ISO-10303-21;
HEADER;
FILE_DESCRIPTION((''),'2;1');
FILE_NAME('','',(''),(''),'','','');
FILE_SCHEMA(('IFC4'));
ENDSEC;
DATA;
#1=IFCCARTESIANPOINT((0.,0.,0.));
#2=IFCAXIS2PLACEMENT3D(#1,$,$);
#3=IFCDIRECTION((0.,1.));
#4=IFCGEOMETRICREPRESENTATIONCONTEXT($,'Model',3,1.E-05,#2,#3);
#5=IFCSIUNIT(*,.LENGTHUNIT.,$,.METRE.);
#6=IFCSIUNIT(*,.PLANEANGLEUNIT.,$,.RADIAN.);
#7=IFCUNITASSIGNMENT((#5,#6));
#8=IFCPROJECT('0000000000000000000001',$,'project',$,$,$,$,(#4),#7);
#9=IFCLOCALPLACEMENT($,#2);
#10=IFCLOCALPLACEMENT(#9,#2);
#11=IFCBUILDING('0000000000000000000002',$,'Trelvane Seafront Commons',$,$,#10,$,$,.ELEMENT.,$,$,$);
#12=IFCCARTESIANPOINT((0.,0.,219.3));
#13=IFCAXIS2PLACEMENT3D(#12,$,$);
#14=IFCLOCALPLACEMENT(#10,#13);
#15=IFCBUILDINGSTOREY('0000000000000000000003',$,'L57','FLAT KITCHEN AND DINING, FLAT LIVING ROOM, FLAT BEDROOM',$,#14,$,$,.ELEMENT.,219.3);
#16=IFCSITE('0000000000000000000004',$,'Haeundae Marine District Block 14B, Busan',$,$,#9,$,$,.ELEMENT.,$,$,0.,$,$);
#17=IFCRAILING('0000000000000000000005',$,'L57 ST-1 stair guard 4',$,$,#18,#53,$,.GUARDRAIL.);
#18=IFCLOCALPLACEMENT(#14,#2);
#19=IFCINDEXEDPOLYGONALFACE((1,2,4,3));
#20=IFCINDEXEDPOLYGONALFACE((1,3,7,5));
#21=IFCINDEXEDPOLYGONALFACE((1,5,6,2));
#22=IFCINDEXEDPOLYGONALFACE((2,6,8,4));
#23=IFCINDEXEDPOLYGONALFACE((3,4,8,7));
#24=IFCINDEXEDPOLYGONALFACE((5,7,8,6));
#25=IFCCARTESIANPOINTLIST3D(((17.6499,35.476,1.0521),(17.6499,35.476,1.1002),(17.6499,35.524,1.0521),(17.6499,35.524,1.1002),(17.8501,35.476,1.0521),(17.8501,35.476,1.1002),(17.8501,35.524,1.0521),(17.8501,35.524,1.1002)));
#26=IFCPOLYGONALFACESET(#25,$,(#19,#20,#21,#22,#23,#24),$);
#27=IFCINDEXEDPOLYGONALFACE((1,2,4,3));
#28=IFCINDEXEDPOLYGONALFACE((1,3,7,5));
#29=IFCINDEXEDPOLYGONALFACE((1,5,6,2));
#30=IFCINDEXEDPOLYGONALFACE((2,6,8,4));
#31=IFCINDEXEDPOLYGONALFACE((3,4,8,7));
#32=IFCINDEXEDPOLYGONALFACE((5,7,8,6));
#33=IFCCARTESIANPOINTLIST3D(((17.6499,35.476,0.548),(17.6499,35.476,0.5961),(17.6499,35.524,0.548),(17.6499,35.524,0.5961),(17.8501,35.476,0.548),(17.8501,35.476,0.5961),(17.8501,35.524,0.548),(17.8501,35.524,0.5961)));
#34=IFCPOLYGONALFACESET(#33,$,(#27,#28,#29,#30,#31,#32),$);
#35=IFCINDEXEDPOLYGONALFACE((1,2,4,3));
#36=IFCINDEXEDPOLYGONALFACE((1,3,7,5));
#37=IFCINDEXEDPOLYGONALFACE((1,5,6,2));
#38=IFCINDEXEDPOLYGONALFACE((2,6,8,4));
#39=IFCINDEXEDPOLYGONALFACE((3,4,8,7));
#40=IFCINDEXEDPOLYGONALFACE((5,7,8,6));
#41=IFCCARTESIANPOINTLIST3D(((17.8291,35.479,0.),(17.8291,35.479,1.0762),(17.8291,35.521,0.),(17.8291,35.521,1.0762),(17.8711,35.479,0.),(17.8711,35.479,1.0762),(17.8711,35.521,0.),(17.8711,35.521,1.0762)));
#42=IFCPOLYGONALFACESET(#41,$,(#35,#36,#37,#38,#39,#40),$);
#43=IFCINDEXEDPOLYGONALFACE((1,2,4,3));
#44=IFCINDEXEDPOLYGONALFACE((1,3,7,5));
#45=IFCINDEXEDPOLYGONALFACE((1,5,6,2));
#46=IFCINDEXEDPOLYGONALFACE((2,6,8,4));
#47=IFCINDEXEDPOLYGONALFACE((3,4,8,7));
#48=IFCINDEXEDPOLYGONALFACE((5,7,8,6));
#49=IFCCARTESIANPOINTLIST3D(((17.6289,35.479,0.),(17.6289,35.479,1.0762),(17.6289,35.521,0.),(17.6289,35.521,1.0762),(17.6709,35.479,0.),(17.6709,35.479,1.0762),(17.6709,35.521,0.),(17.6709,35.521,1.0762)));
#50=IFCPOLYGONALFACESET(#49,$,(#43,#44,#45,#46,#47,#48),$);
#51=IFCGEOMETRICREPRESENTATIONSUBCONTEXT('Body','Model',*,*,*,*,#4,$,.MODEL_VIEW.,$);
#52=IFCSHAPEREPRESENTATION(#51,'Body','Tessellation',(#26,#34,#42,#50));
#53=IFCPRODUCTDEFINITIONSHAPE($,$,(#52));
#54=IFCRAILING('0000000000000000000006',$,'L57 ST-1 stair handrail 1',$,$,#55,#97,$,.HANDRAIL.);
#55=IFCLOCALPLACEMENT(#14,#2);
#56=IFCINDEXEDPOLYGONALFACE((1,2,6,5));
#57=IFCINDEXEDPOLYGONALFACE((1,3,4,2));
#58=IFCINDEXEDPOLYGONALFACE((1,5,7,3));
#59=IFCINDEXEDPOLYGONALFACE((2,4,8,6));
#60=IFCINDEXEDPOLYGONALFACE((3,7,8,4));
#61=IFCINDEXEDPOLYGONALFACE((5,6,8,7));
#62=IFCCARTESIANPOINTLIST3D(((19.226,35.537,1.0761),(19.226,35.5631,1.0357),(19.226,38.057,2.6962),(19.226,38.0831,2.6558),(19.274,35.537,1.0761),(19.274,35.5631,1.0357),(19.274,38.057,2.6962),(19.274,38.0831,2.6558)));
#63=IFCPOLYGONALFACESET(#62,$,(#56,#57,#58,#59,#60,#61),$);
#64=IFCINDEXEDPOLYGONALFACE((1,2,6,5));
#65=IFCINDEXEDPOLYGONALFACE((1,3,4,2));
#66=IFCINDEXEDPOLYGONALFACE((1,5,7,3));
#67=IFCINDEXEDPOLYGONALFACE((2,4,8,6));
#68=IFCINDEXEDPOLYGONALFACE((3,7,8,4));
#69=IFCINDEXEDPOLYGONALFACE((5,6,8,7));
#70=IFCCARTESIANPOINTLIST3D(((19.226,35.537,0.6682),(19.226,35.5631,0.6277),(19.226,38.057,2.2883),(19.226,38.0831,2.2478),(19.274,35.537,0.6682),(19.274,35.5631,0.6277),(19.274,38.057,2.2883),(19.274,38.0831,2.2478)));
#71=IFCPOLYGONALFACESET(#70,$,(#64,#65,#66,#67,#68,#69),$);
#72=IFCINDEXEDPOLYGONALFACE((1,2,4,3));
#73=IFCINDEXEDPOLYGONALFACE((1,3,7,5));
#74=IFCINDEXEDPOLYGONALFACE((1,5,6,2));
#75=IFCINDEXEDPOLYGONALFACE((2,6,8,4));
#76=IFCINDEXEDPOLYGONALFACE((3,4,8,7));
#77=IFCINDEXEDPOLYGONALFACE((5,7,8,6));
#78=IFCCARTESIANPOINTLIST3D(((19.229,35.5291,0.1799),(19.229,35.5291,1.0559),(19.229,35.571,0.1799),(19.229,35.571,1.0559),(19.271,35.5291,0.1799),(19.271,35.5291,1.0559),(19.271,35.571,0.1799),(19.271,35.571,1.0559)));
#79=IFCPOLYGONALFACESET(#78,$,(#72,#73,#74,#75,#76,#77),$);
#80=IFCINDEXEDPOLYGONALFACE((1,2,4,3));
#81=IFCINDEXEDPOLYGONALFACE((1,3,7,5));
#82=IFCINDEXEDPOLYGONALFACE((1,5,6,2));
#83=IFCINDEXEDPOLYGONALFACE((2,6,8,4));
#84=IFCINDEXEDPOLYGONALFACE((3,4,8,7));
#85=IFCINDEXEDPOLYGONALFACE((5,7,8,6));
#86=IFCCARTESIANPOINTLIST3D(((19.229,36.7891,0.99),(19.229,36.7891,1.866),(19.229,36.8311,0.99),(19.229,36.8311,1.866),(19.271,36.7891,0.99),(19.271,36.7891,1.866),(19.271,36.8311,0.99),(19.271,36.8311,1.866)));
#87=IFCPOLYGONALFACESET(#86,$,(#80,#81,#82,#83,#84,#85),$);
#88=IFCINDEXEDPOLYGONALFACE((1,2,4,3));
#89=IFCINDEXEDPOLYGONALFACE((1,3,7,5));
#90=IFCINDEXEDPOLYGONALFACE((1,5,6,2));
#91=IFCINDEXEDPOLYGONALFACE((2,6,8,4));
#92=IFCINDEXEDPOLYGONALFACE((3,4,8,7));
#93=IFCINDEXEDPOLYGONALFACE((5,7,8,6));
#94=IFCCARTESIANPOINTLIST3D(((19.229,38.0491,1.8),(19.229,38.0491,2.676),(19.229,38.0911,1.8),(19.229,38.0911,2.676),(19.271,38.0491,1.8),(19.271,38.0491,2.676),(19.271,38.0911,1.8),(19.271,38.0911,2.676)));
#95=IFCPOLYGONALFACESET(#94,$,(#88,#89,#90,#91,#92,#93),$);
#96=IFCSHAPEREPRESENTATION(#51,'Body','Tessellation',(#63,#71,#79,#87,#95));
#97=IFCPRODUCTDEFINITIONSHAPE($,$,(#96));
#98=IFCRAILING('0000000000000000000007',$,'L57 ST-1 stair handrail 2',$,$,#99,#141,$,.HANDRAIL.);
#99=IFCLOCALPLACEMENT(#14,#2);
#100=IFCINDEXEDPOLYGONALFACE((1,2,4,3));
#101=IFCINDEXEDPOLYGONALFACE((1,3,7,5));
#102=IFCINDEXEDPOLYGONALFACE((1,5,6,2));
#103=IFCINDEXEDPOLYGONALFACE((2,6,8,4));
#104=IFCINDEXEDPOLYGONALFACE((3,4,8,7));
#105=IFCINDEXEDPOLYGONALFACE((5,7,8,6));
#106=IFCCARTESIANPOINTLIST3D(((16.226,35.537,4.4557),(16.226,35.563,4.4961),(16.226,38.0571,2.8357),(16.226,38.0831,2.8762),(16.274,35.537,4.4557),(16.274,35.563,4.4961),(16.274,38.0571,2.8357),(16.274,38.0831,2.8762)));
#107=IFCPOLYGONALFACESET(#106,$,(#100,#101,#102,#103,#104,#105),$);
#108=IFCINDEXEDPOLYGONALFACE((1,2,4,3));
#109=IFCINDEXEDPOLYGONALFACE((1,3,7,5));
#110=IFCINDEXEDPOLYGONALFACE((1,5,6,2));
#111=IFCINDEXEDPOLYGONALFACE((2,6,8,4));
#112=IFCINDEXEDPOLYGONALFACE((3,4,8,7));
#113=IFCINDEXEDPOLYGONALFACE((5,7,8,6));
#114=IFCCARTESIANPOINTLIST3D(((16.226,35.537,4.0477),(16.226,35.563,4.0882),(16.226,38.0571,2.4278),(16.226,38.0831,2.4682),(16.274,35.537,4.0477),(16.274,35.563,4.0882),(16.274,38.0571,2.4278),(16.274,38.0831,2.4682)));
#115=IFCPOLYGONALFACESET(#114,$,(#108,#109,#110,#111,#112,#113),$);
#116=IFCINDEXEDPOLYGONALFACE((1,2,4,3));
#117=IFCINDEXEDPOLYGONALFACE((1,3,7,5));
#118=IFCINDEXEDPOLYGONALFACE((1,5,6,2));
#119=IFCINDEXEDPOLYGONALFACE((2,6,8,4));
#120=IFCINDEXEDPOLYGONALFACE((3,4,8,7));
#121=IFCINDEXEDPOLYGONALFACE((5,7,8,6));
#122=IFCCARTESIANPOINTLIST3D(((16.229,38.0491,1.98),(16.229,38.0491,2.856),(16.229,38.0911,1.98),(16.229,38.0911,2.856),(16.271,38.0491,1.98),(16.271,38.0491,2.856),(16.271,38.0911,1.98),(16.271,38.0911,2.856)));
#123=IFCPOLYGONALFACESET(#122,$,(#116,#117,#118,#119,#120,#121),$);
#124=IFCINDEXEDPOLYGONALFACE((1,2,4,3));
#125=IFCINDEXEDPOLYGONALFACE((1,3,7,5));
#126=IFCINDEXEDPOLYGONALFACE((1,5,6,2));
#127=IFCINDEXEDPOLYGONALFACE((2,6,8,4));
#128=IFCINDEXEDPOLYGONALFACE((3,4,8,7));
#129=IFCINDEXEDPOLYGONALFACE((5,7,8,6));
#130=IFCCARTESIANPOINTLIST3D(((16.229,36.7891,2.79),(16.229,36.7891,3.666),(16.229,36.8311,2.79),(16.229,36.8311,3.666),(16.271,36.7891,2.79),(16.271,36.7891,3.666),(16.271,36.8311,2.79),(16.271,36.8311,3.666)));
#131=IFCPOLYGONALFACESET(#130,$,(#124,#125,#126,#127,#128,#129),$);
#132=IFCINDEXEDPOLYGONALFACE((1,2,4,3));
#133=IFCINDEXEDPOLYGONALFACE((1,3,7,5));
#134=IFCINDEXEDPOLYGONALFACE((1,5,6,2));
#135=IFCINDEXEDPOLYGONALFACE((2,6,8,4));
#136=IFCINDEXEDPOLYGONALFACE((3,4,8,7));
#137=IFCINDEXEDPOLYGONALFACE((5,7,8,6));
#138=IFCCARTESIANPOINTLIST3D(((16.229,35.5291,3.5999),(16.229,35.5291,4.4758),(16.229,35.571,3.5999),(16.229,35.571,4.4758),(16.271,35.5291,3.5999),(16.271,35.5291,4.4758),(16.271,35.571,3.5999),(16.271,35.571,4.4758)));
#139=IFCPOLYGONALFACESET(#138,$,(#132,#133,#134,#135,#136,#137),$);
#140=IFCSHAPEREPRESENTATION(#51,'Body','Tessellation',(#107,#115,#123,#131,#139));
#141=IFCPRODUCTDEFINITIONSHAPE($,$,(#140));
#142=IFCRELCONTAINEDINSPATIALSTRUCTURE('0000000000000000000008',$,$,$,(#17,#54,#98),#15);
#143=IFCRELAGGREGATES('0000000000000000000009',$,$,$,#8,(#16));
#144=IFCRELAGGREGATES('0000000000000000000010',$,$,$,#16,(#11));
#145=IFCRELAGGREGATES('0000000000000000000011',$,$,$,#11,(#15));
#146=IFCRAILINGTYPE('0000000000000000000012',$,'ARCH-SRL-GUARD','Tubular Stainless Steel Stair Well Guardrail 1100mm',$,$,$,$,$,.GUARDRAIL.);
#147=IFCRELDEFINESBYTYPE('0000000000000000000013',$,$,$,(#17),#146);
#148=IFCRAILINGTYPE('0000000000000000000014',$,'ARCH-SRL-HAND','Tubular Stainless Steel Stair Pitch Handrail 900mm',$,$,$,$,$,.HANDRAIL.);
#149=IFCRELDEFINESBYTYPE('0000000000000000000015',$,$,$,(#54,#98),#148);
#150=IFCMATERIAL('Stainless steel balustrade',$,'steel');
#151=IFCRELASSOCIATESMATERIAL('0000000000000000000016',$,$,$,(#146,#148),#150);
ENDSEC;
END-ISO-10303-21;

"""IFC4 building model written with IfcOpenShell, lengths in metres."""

from ifc_helpers import new_model, si_unit, direction, frame, origin, origin_2d, place, context, subcontext, project, spatial, rectangle, extrude, material, type_object, element, save


model = new_model("IFC4")

# Units and contexts
model_context = context("Model", 3, precision=1e-05, world=origin(), true_north=direction((0.0, 1.0)))
body_context = subcontext(model_context, "Body", "Model", "MODEL_VIEW")
ifc_project = project(units=[si_unit("LENGTHUNIT", "METRE"), si_unit("PLANEANGLEUNIT", "RADIAN")], contexts=[model_context])

# Site, building, storey
site_placement = place(None, origin())
site = spatial("IfcSite", under=ifc_project, at=site_placement, Name="Haeundae Marine District Block 14B, Busan", CompositionType="ELEMENT", RefElevation=0.0)
building_placement = place(site_placement, origin())
building = spatial("IfcBuilding", under=site, at=building_placement, Name="Trelvane Seafront Commons", CompositionType="ELEMENT")
storey_placement = place(building_placement, frame((0.0, 0.0, 219.3)))
storey = spatial("IfcBuildingStorey", under=building, at=storey_placement, Name="L57", Description="FLAT KITCHEN AND DINING, FLAT LIVING ROOM, FLAT BEDROOM", CompositionType="ELEMENT", Elevation=219.3)

# Shared definitions
ifc_material_1 = material(Name="Stainless steel balustrade", Category="steel")

# Railings
railing_type_1 = type_object("IfcRailingType", Name="ARCH-SRL-GUARD", Description="Tubular Stainless Steel Stair Well Guardrail 1100mm", PredefinedType="GUARDRAIL", material=ifc_material_1)
railing_1_placement = place(storey_placement, frame((17.8501, 35.5, 0.0)))
element("IfcRailing", 1, at=railing_1_placement, inside=storey, type_object=railing_type_1, Name="L57 ST-1 stair guard 4", PredefinedType="GUARDRAIL", context=body_context, shape_type="SweptSolid", body=[
    extrude(rectangle(XDim=0.0481, YDim=0.0481, at=origin_2d()), frame((0.0, 0.0, 1.0762), z_axis=(-1.0, 0.0, 0.0), x_axis=(0.0, -1.0, 0.0)), (0.0, 0.0, 1.0), 0.2002),
    extrude(rectangle(XDim=0.0481, YDim=0.0481, at=origin_2d()), frame((0.0, 0.0, 0.572), z_axis=(-1.0, 0.0, 0.0), x_axis=(0.0, -1.0, 0.0)), (0.0, 0.0, 1.0), 0.2002),
    extrude(rectangle(XDim=0.042, YDim=0.042, at=origin_2d()), origin(), (0.0, 0.0, 1.0), 1.0762),
    extrude(rectangle(XDim=0.042, YDim=0.042, at=origin_2d()), frame((-0.2002, 0.0, 0.0)), (0.0, 0.0, 1.0), 1.0762),
])
railing_type_2 = type_object("IfcRailingType", Name="ARCH-SRL-HAND", Description="Tubular Stainless Steel Stair Pitch Handrail 900mm", PredefinedType="HANDRAIL", material=ifc_material_1)
railing_2_placement = place(storey_placement, frame((19.25, 35.55, 0.1799)))
element("IfcRailing", 2, at=railing_2_placement, inside=storey, type_object=railing_type_2, Name="L57 ST-1 stair handrail 1", PredefinedType="HANDRAIL", context=body_context, shape_type="SweptSolid", body=[
    extrude(rectangle(XDim=0.0481, YDim=0.0481, at=origin_2d()), frame((0.0, 0.0, 0.876), z_axis=(0.0, 0.841163, 0.540782), x_axis=(-1.0, 0.0, 0.0)), (0.0, 0.0, 1.0), 2.9958),
    extrude(rectangle(XDim=0.0481, YDim=0.0481, at=origin_2d()), frame((0.0, 0.0, 0.468), z_axis=(0.0, 0.841163, 0.540782), x_axis=(-1.0, 0.0, 0.0)), (0.0, 0.0, 1.0), 2.9958),
    extrude(rectangle(XDim=0.042, YDim=0.042, at=origin_2d()), origin(), (0.0, 0.0, 1.0), 0.876),
    extrude(rectangle(XDim=0.042, YDim=0.042, at=origin_2d()), frame((0.0, 1.26, 0.8101)), (0.0, 0.0, 1.0), 0.876),
    extrude(rectangle(XDim=0.042, YDim=0.042, at=origin_2d()), frame((0.0, 2.52, 1.6201)), (0.0, 0.0, 1.0), 0.876),
])
railing_3_placement = place(storey_placement, frame((16.25, 38.0701, 1.98)))
element("IfcRailing", 3, at=railing_3_placement, inside=storey, type_object=railing_type_2, Name="L57 ST-1 stair handrail 2", PredefinedType="HANDRAIL", context=body_context, shape_type="SweptSolid", body=[
    extrude(rectangle(XDim=0.0481, YDim=0.0481, at=origin_2d()), frame((0.0, 0.0, 0.876), z_axis=(0.0, -0.8412, 0.540725), x_axis=(1.0, 0.0, 0.0)), (0.0, 0.0, 1.0), 2.9958),
    extrude(rectangle(XDim=0.0481, YDim=0.0481, at=origin_2d()), frame((0.0, 0.0, 0.468), z_axis=(0.0, -0.8412, 0.540725), x_axis=(1.0, 0.0, 0.0)), (0.0, 0.0, 1.0), 2.9958),
    extrude(rectangle(XDim=0.042, YDim=0.042, at=origin_2d()), origin(), (0.0, 0.0, 1.0), 0.876),
    extrude(rectangle(XDim=0.042, YDim=0.042, at=origin_2d()), frame((0.0, -1.26, 0.8101)), (0.0, 0.0, 1.0), 0.876),
    extrude(rectangle(XDim=0.042, YDim=0.042, at=origin_2d()), frame((0.0, -2.52, 1.6199)), (0.0, 0.0, 1.0), 0.876),
])

save(model, "model.ifc")
